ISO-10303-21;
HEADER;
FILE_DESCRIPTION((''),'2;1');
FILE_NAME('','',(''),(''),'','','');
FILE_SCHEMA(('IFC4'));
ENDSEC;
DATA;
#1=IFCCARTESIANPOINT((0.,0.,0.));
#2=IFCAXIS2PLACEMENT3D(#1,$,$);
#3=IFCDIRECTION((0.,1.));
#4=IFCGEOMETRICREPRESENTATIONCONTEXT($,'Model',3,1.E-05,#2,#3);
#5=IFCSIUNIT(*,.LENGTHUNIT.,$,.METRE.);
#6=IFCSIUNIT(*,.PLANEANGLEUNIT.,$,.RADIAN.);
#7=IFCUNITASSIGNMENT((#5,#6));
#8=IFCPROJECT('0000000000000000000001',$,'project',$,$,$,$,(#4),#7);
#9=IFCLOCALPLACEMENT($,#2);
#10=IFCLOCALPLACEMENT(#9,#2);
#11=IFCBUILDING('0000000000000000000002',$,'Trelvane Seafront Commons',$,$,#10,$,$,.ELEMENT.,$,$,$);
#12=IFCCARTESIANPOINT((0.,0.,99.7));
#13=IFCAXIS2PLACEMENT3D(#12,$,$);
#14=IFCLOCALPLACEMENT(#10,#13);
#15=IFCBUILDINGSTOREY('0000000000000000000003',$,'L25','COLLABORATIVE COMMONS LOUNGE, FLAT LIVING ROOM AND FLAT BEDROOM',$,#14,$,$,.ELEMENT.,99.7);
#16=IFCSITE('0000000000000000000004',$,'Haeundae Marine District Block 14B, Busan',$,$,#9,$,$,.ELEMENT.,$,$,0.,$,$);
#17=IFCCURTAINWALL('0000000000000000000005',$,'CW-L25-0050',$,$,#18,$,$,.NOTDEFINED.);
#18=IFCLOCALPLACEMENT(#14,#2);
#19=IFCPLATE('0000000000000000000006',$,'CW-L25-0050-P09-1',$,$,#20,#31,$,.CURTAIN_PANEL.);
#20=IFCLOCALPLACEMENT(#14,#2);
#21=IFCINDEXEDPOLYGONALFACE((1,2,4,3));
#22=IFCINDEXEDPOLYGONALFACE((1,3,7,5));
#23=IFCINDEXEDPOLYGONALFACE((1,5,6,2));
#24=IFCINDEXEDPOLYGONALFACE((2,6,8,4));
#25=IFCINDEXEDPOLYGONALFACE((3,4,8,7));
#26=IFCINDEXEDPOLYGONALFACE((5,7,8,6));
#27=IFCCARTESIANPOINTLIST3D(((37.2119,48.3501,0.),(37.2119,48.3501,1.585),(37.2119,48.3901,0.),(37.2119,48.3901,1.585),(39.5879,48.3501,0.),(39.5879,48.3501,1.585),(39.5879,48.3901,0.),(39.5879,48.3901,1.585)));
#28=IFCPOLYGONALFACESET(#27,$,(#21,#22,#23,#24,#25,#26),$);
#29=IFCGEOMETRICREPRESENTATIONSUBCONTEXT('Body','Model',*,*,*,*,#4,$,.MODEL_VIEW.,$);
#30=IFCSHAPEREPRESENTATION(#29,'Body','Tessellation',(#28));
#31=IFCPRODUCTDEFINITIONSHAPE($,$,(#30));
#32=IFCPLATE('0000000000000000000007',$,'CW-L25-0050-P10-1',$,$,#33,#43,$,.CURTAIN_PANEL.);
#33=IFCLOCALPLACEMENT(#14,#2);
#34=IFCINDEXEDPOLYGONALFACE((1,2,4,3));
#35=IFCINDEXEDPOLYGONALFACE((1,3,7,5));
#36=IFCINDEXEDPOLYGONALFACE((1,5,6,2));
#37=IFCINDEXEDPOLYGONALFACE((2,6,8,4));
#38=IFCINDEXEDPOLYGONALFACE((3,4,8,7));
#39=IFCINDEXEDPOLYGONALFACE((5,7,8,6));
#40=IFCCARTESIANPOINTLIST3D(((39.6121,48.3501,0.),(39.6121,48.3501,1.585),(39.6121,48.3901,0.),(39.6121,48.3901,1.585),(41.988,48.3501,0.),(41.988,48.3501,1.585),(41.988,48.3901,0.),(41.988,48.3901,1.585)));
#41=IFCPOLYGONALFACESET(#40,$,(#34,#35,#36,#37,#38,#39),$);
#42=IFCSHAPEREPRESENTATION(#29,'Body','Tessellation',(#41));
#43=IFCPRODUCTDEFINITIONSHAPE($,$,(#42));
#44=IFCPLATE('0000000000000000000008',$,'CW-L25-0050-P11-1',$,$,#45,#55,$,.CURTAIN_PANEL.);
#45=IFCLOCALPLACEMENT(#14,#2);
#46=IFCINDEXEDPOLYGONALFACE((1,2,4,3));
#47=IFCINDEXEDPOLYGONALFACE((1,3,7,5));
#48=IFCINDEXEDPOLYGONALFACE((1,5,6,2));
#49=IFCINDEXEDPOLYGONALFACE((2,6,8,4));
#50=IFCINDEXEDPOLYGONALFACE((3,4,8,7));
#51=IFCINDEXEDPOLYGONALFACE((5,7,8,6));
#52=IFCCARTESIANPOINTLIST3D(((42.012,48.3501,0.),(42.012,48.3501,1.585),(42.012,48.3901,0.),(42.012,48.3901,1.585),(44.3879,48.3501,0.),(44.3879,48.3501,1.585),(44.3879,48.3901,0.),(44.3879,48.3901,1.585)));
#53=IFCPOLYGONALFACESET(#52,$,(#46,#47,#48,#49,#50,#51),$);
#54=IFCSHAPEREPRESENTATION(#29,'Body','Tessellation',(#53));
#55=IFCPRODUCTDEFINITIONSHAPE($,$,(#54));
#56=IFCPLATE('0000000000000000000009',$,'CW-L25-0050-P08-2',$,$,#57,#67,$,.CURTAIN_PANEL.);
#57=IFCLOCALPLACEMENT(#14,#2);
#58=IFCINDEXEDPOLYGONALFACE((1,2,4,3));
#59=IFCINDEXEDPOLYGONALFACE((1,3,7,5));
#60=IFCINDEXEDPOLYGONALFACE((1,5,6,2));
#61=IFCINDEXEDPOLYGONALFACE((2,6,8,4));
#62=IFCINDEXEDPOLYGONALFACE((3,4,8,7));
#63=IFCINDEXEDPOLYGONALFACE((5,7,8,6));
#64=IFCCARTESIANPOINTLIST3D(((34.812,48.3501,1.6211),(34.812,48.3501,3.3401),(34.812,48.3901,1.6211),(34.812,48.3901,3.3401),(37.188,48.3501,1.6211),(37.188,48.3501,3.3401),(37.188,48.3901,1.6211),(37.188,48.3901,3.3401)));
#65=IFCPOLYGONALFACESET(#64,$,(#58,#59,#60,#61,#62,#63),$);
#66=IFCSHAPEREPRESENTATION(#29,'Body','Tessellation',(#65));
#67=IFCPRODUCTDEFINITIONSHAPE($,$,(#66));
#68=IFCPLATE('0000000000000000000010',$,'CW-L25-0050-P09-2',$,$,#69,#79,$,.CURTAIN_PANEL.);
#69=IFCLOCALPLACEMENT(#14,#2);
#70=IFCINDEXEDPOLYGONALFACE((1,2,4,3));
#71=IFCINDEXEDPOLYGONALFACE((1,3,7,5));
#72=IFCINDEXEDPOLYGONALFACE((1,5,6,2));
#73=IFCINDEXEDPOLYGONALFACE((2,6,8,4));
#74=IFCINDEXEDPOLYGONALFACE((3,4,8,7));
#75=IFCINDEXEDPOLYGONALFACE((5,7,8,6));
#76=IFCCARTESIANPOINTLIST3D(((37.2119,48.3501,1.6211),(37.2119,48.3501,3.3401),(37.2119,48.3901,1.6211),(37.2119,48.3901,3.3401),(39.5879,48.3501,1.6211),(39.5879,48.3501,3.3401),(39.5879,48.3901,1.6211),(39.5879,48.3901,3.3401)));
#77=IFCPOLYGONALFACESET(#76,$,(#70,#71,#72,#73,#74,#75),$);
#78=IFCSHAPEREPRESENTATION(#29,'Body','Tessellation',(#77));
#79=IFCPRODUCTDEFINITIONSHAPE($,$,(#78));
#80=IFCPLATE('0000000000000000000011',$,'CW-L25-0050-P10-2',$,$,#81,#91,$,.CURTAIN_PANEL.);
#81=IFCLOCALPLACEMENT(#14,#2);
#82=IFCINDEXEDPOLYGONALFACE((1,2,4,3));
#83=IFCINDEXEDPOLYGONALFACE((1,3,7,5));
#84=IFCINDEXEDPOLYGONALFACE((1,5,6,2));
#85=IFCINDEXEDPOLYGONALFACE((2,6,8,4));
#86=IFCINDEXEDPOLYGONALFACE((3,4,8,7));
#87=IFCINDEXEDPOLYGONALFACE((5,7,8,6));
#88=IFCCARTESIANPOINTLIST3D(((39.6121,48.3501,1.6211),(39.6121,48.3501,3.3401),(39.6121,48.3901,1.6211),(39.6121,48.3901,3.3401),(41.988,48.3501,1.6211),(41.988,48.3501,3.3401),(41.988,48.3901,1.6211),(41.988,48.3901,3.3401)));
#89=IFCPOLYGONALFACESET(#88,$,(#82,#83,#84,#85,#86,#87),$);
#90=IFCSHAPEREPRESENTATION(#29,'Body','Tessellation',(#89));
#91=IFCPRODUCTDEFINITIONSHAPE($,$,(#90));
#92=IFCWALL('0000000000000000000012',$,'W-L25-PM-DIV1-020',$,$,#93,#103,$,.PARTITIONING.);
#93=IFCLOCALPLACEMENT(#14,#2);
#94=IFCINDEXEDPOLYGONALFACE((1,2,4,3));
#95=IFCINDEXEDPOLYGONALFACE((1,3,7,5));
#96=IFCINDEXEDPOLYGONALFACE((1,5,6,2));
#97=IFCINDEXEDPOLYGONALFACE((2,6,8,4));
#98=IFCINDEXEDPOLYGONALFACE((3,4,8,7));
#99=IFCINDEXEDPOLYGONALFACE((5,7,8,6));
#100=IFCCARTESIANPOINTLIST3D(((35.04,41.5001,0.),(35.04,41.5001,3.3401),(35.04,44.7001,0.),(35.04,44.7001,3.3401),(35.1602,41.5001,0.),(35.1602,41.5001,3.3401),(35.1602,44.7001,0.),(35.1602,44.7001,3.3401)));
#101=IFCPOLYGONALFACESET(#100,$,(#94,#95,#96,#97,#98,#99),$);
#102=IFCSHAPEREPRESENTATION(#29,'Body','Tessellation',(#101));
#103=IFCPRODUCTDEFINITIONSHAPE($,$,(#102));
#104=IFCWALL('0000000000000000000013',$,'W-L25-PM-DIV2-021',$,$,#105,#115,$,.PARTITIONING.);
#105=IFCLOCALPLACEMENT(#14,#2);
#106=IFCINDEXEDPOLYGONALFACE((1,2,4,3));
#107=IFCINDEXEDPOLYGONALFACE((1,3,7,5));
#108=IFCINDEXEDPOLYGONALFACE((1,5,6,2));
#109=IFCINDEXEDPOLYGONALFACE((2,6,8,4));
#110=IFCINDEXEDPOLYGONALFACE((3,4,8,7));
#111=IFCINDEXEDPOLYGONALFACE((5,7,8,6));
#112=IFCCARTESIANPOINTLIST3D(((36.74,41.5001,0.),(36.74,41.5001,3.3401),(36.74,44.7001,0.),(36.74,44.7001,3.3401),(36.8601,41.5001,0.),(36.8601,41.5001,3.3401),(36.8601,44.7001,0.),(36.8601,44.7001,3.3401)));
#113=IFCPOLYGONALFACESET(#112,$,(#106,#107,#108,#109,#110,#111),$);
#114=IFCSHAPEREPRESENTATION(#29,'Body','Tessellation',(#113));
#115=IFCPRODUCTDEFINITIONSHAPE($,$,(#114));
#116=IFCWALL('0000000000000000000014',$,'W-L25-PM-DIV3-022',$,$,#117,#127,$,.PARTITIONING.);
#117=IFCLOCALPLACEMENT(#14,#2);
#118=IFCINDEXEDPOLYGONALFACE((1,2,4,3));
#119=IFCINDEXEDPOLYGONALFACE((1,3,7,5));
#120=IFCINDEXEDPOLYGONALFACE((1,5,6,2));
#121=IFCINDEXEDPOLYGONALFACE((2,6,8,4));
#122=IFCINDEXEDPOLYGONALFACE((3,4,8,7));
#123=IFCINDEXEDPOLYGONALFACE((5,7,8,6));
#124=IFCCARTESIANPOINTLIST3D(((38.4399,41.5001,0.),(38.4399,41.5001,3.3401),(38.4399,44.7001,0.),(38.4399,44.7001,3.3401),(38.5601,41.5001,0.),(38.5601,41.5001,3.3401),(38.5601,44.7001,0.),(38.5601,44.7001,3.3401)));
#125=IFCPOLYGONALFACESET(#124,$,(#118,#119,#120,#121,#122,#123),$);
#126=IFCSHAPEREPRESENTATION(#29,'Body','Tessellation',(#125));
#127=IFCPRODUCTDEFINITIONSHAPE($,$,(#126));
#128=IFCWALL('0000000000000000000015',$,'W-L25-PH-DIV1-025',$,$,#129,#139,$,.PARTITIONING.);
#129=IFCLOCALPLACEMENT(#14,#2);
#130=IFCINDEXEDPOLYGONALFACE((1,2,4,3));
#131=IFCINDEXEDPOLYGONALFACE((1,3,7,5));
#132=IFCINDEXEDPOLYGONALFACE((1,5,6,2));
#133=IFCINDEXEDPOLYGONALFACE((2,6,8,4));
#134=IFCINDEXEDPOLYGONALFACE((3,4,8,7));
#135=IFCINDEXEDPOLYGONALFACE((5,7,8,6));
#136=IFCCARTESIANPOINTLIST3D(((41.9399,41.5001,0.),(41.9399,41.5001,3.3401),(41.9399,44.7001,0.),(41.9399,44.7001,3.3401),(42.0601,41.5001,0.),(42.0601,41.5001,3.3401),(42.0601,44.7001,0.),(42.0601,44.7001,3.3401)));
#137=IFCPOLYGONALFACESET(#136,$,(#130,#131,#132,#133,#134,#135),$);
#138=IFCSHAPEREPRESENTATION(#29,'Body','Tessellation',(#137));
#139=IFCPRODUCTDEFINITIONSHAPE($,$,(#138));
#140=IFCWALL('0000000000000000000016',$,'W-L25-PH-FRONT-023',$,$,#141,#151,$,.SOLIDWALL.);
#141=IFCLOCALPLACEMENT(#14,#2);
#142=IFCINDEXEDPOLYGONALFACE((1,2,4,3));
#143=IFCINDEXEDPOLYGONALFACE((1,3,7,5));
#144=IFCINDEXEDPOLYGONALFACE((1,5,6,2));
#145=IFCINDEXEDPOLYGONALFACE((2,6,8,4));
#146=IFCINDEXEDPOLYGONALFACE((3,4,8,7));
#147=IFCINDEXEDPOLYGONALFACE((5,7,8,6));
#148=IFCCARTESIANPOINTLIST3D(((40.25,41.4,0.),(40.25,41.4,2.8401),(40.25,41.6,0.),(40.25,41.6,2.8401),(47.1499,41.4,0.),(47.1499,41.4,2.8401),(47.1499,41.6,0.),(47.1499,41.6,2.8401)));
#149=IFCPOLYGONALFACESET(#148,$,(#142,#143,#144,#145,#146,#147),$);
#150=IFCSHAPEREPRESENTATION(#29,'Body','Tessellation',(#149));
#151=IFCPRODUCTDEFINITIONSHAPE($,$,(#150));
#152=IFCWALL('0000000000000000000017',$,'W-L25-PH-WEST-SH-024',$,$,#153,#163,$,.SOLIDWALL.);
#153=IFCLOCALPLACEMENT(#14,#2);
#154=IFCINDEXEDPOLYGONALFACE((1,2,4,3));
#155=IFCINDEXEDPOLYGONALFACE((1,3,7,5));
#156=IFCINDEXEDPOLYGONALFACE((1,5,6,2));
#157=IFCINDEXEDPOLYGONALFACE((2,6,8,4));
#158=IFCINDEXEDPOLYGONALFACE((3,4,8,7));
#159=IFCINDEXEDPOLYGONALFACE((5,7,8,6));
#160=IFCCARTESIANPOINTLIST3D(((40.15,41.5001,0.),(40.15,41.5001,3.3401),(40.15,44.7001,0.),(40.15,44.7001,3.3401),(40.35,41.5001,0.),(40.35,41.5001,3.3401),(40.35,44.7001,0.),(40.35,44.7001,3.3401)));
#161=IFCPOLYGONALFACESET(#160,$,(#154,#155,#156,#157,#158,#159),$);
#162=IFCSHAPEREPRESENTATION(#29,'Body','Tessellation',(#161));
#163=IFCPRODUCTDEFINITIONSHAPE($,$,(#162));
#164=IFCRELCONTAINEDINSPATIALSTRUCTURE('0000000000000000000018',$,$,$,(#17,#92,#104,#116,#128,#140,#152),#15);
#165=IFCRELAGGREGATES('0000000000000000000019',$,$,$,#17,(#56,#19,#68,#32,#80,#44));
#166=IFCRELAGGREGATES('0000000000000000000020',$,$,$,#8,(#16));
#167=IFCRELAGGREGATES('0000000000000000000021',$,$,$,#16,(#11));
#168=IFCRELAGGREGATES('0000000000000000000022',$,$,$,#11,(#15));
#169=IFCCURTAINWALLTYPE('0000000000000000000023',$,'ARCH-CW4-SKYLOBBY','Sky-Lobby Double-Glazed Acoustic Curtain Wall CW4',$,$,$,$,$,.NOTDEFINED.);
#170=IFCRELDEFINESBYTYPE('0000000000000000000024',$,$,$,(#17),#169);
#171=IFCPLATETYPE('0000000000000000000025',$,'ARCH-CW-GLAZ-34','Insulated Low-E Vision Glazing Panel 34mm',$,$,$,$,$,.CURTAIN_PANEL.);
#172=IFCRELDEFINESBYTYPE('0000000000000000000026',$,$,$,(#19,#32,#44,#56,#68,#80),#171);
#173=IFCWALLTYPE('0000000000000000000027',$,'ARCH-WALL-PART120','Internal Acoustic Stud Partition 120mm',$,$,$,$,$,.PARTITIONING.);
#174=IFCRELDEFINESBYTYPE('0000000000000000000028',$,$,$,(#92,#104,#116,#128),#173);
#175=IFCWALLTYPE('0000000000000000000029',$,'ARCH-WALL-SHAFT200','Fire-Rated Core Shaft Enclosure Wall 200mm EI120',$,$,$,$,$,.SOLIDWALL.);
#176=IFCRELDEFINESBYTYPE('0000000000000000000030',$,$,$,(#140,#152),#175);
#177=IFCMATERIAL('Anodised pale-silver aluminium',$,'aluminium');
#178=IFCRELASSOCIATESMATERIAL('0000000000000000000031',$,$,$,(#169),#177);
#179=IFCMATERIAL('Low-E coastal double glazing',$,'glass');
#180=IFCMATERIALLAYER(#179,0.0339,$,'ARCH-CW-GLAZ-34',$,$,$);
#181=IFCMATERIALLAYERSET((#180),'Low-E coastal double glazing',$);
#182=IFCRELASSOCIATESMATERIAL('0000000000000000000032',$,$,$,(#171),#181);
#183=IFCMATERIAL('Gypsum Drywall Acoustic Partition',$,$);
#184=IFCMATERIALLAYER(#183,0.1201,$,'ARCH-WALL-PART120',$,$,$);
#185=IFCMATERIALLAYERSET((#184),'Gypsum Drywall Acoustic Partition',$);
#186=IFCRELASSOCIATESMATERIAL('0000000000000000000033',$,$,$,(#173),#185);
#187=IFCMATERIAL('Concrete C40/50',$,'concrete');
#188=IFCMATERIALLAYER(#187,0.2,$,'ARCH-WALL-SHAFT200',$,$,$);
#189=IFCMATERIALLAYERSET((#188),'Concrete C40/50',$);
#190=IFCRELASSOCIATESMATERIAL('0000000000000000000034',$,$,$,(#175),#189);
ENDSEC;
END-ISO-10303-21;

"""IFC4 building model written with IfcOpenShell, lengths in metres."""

from ifc_helpers import new_model, si_unit, direction, frame, frame_2d, origin, origin_2d, place, context, subcontext, project, spatial, rectangle, extrude, source, transform, mapped, material, layer, layer_set, type_object, element, aggregate, save


model = new_model("IFC4")

# Units and contexts
model_context = context("Model", 3, precision=1e-05, world=origin(), true_north=direction((0.0, 1.0)))
body_context = subcontext(model_context, "Body", "Model", "MODEL_VIEW")
ifc_project = project(units=[si_unit("LENGTHUNIT", "METRE"), si_unit("PLANEANGLEUNIT", "RADIAN")], contexts=[model_context])

# Site, building, storey
site_placement = place(None, origin())
site = spatial("IfcSite", under=ifc_project, at=site_placement, Name="Haeundae Marine District Block 14B, Busan", CompositionType="ELEMENT", RefElevation=0.0)
building_placement = place(site_placement, origin())
building = spatial("IfcBuilding", under=site, at=building_placement, Name="Trelvane Seafront Commons", CompositionType="ELEMENT")
storey_placement = place(building_placement, frame((0.0, 0.0, 99.7)))
storey = spatial("IfcBuildingStorey", under=building, at=storey_placement, Name="L25", Description="COLLABORATIVE COMMONS LOUNGE, FLAT LIVING ROOM AND FLAT BEDROOM", CompositionType="ELEMENT", Elevation=99.7)

# Curtain wall
ifc_material_1 = material(Name="Anodised pale-silver aluminium", Category="aluminium")
curtain_wall_type = type_object("IfcCurtainWallType", Name="ARCH-CW4-SKYLOBBY", Description="Sky-Lobby Double-Glazed Acoustic Curtain Wall CW4", PredefinedType="NOTDEFINED", material=ifc_material_1)
curtain_wall_placement = place(storey_placement, origin())
curtain_wall = element("IfcCurtainWall", 1, at=curtain_wall_placement, inside=storey, type_object=curtain_wall_type, Name="CW-L25-0050", PredefinedType="NOTDEFINED")

# Plates
ifc_material_2 = material(Name="Low-E coastal double glazing", Category="glass")
ifc_layer_1 = layer(ifc_material_2, 0.0339, Name="ARCH-CW-GLAZ-34")
ifc_layer_set_1 = layer_set([ifc_layer_1], Name="Low-E coastal double glazing")
plate_type_1 = type_object("IfcPlateType", Name="ARCH-CW-GLAZ-34", Description="Insulated Low-E Vision Glazing Panel 34mm", PredefinedType="CURTAIN_PANEL", material=ifc_layer_set_1)
shared_shape_1 = source(origin(), body_context, "Body", "SweptSolid", [
    extrude(rectangle(XDim=2.376, YDim=0.04, at=origin_2d()), origin(), (0.0, 0.0, 1.0), 1.585),
])
plate_1_placement = place(storey_placement, frame((38.3999, 48.3701, 0.0), z_axis=(0.0, 0.0, 1.0), x_axis=(1.0, 0.0, 0.0)))
plate_1 = element("IfcPlate", 2, at=plate_1_placement, type_object=plate_type_1, Name="CW-L25-0050-P09-1", PredefinedType="CURTAIN_PANEL", context=body_context, shape_type="MappedRepresentation", body=[
    mapped(shared_shape_1, transform((0.0, 0.0, 0.0), x_axis=(1.0, 0.0, 0.0), y_axis=(0.0, 1.0, 0.0), z_axis=(0.0, 0.0, 1.0), scale=1.0)),
])
plate_2_placement = place(storey_placement, frame((40.8, 48.3701, 0.0), z_axis=(0.0, 0.0, 1.0), x_axis=(1.0, 0.0, 0.0)))
plate_2 = element("IfcPlate", 3, at=plate_2_placement, type_object=plate_type_1, Name="CW-L25-0050-P10-1", PredefinedType="CURTAIN_PANEL", context=body_context, shape_type="MappedRepresentation", body=[
    mapped(shared_shape_1, transform((0.0, 0.0, 0.0), x_axis=(1.0, 0.0, 0.0), y_axis=(0.0, 1.0, 0.0), z_axis=(0.0, 0.0, 1.0), scale=1.0)),
])
plate_3_placement = place(storey_placement, frame((43.2, 48.3701, 0.0), z_axis=(0.0, 0.0, 1.0), x_axis=(1.0, 0.0, 0.0)))
plate_3 = element("IfcPlate", 4, at=plate_3_placement, type_object=plate_type_1, Name="CW-L25-0050-P11-1", PredefinedType="CURTAIN_PANEL", context=body_context, shape_type="MappedRepresentation", body=[
    mapped(shared_shape_1, transform((0.0, 0.0, 0.0), x_axis=(1.0, 0.0, 0.0), y_axis=(0.0, 1.0, 0.0), z_axis=(0.0, 0.0, 1.0), scale=1.0)),
])
shared_shape_2 = source(origin(), body_context, "Body", "SweptSolid", [
    extrude(rectangle(XDim=2.376, YDim=0.04, at=origin_2d()), origin(), (0.0, 0.0, 1.0), 1.719),
])
plate_4_placement = place(storey_placement, frame((36.0, 48.3701, 1.6211), z_axis=(0.0, 0.0, 1.0), x_axis=(1.0, 0.0, 0.0)))
plate_4 = element("IfcPlate", 5, at=plate_4_placement, type_object=plate_type_1, Name="CW-L25-0050-P08-2", PredefinedType="CURTAIN_PANEL", context=body_context, shape_type="MappedRepresentation", body=[
    mapped(shared_shape_2, transform((0.0, 0.0, 0.0), x_axis=(1.0, 0.0, 0.0), y_axis=(0.0, 1.0, 0.0), z_axis=(0.0, 0.0, 1.0), scale=1.0)),
])
plate_5_placement = place(storey_placement, frame((38.3999, 48.3701, 1.6211), z_axis=(0.0, 0.0, 1.0), x_axis=(1.0, 0.0, 0.0)))
plate_5 = element("IfcPlate", 6, at=plate_5_placement, type_object=plate_type_1, Name="CW-L25-0050-P09-2", PredefinedType="CURTAIN_PANEL", context=body_context, shape_type="MappedRepresentation", body=[
    mapped(shared_shape_2, transform((0.0, 0.0, 0.0), x_axis=(1.0, 0.0, 0.0), y_axis=(0.0, 1.0, 0.0), z_axis=(0.0, 0.0, 1.0), scale=1.0)),
])
plate_6_placement = place(storey_placement, frame((40.8, 48.3701, 1.6211), z_axis=(0.0, 0.0, 1.0), x_axis=(1.0, 0.0, 0.0)))
plate_6 = element("IfcPlate", 7, at=plate_6_placement, type_object=plate_type_1, Name="CW-L25-0050-P10-2", PredefinedType="CURTAIN_PANEL", context=body_context, shape_type="MappedRepresentation", body=[
    mapped(shared_shape_2, transform((0.0, 0.0, 0.0), x_axis=(1.0, 0.0, 0.0), y_axis=(0.0, 1.0, 0.0), z_axis=(0.0, 0.0, 1.0), scale=1.0)),
])
aggregate(curtain_wall, [plate_4, plate_1, plate_5, plate_2, plate_6, plate_3])

# Walls
ifc_material_3 = material(Name="Gypsum Drywall Acoustic Partition")
ifc_layer_2 = layer(ifc_material_3, 0.1201, Name="ARCH-WALL-PART120")
ifc_layer_set_2 = layer_set([ifc_layer_2], Name="Gypsum Drywall Acoustic Partition")
wall_type_1 = type_object("IfcWallType", Name="ARCH-WALL-PART120", Description="Internal Acoustic Stud Partition 120mm", PredefinedType="PARTITIONING", material=ifc_layer_set_2)
for number, where, z_axis, x_axis, name in (
    (8, (35.1001, 41.5, 0.0), (0.0, 0.0, 1.0), (0.0, 1.0, 0.0), "W-L25-PM-DIV1-020"),
    (9, (36.8, 41.5, 0.0), (0.0, 0.0, 1.0), (0.0, 1.0, 0.0), "W-L25-PM-DIV2-021"),
    (10, (38.5, 41.5, 0.0), (0.0, 0.0, 1.0), (0.0, 1.0, 0.0), "W-L25-PM-DIV3-022"),
    (11, (42.0, 41.5, 0.0), (0.0, 0.0, 1.0), (0.0, 1.0, 0.0), "W-L25-PH-DIV1-025"),
):
    element("IfcWall", number, at=place(storey_placement, frame(where, z_axis=z_axis, x_axis=x_axis)), inside=storey, type_object=wall_type_1, Name=name, PredefinedType="PARTITIONING", context=body_context, shape_type="SweptSolid", body=[
        extrude(rectangle(XDim=3.2, YDim=0.1201, at=frame_2d((1.6001, 0.0))), origin(), (0.0, 0.0, 1.0), 3.3401),
    ])

# Walls
ifc_material_4 = material(Name="Concrete C40/50", Category="concrete")
ifc_layer_3 = layer(ifc_material_4, 0.2, Name="ARCH-WALL-SHAFT200")
ifc_layer_set_3 = layer_set([ifc_layer_3], Name="Concrete C40/50")
wall_type_2 = type_object("IfcWallType", Name="ARCH-WALL-SHAFT200", Description="Fire-Rated Core Shaft Enclosure Wall 200mm EI120", PredefinedType="SOLIDWALL", material=ifc_layer_set_3)
wall_1_placement = place(storey_placement, frame((40.25, 41.5, 0.0), z_axis=(0.0, 0.0, 1.0), x_axis=(1.0, 0.0, 0.0)))
element("IfcWall", 12, at=wall_1_placement, inside=storey, type_object=wall_type_2, Name="W-L25-PH-FRONT-023", PredefinedType="SOLIDWALL", context=body_context, shape_type="SweptSolid", body=[
    extrude(rectangle(XDim=6.8999, YDim=0.2, at=frame_2d((3.45, 0.0))), origin(), (0.0, 0.0, 1.0), 2.8401),
])
wall_2_placement = place(storey_placement, frame((40.25, 41.5, 0.0), z_axis=(0.0, 0.0, 1.0), x_axis=(0.0, 1.0, 0.0)))
element("IfcWall", 13, at=wall_2_placement, inside=storey, type_object=wall_type_2, Name="W-L25-PH-WEST-SH-024", PredefinedType="SOLIDWALL", context=body_context, shape_type="SweptSolid", body=[
    extrude(rectangle(XDim=3.2, YDim=0.2, at=frame_2d((1.6001, 0.0))), origin(), (0.0, 0.0, 1.0), 3.3401),
])

save(model, "model.ifc")
